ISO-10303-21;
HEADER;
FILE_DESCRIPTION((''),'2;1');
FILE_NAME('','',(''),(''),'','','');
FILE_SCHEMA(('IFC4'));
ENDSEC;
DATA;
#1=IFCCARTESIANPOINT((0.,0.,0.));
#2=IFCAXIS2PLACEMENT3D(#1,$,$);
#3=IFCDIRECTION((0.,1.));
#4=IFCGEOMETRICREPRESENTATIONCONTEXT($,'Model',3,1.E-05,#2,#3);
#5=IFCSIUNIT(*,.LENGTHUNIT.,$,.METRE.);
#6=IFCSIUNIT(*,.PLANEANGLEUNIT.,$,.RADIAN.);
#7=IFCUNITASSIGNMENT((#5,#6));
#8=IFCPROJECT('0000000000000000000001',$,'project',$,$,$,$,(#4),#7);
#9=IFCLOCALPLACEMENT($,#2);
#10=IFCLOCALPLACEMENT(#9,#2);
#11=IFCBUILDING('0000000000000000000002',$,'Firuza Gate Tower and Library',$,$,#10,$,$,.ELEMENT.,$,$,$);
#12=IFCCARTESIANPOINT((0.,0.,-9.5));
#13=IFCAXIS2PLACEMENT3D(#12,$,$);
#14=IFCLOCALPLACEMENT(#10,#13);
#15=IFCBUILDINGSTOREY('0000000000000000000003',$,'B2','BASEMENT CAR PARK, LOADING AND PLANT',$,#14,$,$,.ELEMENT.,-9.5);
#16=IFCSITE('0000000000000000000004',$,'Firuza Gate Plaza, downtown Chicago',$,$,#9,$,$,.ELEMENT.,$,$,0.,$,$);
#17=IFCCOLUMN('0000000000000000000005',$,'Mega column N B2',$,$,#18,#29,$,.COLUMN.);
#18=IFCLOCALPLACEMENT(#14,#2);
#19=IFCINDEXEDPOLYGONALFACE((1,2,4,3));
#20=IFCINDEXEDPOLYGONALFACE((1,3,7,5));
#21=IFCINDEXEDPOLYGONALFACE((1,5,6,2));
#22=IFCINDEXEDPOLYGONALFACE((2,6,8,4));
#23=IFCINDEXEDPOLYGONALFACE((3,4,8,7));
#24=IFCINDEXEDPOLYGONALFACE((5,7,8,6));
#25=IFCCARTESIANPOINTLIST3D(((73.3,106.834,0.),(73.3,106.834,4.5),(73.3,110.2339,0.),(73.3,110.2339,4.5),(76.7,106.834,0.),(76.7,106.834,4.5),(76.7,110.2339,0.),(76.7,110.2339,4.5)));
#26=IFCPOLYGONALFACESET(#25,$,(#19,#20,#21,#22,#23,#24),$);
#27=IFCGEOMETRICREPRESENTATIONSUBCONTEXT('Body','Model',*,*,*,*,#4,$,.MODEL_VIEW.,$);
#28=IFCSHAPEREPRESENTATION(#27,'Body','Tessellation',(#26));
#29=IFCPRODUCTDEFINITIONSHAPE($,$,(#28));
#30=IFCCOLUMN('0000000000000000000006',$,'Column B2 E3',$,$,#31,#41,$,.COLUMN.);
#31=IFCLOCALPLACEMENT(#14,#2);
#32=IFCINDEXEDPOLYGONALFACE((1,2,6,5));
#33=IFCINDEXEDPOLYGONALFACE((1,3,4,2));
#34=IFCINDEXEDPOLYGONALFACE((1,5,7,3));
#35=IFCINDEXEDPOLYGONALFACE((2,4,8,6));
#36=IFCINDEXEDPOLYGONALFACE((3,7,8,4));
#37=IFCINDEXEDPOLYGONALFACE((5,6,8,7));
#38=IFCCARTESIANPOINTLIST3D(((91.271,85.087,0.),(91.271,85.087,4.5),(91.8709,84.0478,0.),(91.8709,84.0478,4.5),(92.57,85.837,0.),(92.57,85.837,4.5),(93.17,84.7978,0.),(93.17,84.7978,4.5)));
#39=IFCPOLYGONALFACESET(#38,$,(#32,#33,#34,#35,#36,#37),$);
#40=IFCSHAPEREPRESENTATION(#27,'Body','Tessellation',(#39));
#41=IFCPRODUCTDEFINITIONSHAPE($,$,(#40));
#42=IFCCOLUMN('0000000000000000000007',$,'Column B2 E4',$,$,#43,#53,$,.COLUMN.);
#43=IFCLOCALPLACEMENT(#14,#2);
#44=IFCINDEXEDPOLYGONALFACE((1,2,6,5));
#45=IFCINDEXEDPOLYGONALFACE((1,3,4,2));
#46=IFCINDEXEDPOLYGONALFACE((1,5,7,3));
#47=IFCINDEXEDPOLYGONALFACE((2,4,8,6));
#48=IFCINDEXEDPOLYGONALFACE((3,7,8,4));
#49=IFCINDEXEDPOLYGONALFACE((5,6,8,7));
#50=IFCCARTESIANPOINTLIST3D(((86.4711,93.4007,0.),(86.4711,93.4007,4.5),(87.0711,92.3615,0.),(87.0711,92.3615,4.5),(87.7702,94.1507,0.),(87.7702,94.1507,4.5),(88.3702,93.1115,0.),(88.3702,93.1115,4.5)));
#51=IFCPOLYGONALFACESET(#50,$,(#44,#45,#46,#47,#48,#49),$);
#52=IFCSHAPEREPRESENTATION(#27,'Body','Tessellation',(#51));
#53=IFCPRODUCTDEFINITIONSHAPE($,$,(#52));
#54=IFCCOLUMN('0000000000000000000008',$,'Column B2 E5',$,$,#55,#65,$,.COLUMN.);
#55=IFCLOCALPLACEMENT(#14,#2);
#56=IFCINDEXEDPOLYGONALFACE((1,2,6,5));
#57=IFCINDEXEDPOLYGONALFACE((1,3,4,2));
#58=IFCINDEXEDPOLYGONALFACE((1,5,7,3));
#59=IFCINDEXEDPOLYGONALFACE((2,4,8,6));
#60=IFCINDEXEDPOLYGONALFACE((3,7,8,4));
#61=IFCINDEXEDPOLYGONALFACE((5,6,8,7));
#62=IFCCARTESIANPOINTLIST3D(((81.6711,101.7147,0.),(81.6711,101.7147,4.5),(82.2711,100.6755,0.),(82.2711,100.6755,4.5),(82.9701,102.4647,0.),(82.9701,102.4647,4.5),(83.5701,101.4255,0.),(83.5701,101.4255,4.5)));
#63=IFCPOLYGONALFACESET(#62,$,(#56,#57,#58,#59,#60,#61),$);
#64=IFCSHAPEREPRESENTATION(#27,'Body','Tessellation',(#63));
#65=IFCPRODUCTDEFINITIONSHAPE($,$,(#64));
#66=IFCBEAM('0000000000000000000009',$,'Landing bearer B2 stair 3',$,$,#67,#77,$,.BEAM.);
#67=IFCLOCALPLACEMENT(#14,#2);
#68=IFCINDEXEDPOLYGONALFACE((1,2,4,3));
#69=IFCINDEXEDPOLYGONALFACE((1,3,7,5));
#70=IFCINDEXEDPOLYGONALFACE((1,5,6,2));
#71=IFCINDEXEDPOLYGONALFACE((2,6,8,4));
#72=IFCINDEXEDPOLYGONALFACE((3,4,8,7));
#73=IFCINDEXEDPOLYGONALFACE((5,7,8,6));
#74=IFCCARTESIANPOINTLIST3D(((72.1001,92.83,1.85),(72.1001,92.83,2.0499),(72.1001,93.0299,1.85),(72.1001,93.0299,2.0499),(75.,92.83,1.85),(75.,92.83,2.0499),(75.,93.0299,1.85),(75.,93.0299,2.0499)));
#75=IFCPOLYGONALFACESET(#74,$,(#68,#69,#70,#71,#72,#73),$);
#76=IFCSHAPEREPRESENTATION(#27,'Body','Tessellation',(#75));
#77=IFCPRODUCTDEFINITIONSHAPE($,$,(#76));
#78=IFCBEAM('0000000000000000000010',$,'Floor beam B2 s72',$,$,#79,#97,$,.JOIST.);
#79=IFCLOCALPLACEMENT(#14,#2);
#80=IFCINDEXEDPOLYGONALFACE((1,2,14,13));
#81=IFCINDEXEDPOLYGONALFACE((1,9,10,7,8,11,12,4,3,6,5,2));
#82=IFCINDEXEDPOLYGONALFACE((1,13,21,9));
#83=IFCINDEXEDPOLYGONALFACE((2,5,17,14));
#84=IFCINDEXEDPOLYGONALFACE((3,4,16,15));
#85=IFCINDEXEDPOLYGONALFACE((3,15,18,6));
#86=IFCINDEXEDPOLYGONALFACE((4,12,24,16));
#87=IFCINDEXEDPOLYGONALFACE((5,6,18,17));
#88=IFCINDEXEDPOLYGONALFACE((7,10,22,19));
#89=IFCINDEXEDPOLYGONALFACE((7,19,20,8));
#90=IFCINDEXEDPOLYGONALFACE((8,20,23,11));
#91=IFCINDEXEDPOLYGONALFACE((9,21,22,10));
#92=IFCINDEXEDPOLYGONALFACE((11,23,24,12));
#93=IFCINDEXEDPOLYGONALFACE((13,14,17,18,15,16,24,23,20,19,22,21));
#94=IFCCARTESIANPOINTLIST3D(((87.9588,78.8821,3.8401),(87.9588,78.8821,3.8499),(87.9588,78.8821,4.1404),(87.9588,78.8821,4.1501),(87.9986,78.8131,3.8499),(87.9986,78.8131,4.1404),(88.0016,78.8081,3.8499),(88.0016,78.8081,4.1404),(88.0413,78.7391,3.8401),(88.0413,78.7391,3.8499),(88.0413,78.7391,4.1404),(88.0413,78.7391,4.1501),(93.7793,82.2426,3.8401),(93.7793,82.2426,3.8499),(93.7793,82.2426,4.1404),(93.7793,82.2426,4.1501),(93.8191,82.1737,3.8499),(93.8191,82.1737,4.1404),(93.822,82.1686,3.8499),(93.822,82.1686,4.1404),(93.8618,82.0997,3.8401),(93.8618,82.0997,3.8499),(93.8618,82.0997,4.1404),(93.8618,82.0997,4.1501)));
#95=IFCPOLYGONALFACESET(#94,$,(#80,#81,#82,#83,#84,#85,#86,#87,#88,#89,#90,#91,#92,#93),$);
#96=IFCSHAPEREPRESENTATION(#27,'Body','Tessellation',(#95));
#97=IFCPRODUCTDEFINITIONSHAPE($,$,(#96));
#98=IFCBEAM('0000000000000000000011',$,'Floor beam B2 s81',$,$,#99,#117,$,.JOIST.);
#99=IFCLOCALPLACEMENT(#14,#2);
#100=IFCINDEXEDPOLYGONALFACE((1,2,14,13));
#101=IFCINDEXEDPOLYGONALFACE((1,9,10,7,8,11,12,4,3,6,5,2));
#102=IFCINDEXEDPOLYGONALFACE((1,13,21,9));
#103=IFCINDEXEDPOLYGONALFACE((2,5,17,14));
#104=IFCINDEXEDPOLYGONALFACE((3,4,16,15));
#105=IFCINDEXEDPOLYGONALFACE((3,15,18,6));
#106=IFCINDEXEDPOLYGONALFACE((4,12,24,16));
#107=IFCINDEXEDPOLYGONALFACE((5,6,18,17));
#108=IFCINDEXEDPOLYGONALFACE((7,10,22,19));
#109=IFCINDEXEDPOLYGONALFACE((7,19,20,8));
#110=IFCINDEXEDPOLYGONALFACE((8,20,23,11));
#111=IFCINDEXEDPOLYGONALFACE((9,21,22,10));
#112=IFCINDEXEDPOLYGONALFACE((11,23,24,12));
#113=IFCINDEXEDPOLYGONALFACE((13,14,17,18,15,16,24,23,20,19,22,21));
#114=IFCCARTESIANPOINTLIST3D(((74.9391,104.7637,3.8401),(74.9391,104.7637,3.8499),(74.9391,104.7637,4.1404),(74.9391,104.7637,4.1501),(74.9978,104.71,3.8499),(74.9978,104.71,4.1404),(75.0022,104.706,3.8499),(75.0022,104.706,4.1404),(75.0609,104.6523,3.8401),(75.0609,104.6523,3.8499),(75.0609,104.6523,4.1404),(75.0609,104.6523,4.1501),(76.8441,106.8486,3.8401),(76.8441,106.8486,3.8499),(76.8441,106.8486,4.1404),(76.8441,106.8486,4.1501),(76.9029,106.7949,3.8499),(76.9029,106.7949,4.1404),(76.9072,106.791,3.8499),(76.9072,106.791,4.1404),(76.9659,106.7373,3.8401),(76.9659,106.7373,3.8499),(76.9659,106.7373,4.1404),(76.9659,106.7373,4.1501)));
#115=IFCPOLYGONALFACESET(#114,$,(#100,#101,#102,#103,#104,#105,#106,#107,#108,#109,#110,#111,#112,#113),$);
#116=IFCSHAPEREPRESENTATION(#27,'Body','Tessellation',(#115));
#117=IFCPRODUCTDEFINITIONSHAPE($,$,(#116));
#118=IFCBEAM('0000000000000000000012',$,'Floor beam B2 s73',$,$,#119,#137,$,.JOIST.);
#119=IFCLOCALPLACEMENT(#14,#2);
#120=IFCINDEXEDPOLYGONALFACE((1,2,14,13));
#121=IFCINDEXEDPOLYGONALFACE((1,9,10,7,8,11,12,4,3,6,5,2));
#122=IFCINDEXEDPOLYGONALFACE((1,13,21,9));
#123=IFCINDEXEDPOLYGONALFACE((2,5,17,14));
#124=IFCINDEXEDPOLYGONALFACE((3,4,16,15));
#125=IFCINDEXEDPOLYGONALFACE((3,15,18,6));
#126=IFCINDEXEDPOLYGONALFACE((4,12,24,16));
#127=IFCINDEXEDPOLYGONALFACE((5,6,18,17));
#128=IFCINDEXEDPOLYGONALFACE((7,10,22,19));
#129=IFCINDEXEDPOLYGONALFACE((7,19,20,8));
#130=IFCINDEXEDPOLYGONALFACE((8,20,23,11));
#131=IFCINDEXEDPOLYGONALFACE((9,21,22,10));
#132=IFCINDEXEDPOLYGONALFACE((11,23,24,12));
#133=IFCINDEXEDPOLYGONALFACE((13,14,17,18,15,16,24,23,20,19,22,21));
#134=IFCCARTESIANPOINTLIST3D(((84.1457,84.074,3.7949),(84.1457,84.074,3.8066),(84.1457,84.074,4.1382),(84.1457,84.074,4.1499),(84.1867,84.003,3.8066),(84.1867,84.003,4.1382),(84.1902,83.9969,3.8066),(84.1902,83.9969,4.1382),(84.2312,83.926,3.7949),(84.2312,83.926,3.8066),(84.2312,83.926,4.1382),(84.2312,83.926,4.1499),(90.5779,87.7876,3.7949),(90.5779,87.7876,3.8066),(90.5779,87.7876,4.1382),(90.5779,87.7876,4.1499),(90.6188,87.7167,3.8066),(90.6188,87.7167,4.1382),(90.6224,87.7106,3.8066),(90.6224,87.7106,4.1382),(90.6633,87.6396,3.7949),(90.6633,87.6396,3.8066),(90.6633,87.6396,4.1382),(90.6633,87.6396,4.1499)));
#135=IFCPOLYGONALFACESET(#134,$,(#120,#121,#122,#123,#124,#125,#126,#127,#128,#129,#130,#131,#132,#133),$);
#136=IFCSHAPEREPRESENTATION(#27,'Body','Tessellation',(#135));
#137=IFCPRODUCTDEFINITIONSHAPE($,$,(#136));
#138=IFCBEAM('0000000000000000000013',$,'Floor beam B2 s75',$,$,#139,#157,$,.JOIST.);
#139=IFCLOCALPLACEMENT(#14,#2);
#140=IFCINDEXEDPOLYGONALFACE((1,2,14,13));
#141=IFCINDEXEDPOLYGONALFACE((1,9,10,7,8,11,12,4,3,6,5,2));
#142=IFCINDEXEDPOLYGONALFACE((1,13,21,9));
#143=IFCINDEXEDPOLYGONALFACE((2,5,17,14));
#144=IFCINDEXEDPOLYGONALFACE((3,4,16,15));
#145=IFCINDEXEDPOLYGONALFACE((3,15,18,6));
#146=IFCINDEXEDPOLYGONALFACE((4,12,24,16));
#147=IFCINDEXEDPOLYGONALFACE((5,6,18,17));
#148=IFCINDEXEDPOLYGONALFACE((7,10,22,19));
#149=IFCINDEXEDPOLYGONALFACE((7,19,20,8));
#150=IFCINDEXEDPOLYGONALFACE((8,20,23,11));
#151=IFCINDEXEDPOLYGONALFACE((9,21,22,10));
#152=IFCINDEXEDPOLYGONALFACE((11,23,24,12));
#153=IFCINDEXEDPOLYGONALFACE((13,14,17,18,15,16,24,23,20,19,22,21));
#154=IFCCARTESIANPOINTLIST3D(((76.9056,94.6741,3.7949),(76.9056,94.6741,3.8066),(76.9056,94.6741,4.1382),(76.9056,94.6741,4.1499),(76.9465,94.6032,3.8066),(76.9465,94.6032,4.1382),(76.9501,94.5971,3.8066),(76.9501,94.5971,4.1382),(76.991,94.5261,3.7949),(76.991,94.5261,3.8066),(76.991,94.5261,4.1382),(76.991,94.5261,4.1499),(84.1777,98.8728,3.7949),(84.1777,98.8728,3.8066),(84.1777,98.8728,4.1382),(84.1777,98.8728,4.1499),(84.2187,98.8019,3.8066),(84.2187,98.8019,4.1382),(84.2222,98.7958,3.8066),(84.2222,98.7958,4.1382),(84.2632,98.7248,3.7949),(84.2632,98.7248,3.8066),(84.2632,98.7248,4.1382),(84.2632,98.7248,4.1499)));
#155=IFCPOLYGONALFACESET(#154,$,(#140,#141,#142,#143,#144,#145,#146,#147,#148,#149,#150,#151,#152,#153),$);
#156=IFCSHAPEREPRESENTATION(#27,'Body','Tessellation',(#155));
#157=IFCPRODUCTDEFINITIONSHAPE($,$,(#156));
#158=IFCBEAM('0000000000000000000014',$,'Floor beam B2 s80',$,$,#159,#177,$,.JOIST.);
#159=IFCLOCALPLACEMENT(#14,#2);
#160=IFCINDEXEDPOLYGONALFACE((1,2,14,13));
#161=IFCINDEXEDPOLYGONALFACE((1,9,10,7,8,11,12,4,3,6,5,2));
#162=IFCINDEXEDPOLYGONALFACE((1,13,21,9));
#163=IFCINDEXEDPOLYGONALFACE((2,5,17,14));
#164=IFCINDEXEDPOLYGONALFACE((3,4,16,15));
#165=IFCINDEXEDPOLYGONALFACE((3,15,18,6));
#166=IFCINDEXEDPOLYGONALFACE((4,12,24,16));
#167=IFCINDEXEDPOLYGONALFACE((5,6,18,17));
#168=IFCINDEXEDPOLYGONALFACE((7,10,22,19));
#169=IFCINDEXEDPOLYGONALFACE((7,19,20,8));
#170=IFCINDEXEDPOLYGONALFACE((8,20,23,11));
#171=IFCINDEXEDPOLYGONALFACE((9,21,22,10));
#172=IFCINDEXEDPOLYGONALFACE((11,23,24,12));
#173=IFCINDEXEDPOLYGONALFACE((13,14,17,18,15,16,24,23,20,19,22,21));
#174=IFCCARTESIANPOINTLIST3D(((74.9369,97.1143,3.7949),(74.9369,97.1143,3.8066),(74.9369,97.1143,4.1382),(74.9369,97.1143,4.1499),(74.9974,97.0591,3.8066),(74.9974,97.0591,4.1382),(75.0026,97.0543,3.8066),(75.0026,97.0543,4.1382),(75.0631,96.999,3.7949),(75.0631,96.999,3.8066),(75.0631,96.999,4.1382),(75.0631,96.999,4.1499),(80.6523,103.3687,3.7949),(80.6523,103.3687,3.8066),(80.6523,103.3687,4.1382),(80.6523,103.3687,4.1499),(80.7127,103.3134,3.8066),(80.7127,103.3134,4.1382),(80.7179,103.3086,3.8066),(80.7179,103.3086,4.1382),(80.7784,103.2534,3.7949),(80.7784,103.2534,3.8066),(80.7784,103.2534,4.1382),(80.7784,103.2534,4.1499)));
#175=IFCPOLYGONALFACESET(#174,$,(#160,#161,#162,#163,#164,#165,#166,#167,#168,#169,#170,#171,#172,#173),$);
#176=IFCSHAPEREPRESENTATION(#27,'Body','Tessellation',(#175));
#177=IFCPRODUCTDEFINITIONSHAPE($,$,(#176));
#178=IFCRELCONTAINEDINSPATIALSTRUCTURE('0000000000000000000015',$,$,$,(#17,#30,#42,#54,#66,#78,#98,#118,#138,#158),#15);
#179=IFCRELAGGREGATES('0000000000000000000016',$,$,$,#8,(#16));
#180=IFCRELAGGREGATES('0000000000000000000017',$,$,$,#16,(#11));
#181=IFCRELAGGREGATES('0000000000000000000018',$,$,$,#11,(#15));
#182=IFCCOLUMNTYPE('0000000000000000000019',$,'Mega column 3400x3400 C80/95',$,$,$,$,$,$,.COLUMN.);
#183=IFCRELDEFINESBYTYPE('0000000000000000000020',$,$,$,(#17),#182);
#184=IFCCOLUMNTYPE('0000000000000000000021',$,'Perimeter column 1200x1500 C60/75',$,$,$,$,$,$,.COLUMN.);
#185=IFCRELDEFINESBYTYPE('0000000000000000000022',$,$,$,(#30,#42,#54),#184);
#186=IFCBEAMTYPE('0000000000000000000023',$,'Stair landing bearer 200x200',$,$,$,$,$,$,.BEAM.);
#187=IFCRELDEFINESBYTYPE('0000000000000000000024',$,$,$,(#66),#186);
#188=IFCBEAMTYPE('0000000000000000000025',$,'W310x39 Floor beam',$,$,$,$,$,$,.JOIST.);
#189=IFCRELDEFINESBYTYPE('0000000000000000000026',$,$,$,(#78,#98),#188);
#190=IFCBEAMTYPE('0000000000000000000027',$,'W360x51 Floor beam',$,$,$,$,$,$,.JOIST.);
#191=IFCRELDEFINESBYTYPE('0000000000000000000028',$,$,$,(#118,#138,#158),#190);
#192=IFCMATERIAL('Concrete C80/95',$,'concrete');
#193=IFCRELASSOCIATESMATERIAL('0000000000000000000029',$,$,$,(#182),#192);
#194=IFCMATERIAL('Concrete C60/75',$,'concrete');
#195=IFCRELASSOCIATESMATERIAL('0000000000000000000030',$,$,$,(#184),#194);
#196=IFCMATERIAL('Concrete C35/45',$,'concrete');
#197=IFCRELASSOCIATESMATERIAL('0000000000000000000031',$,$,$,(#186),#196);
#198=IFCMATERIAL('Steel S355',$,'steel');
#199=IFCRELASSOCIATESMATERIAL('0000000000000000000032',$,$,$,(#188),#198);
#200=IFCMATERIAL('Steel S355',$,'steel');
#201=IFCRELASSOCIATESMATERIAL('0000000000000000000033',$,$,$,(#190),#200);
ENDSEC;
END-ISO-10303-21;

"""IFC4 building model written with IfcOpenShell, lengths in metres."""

from ifc_helpers import new_model, si_unit, direction, frame, origin, origin_2d, place, context, subcontext, project, spatial, rectangle, i_section, extrude, material, material_profile, profile_set, type_object, element, save


model = new_model("IFC4")

# Units and contexts
model_context = context("Model", 3, precision=1e-05, world=origin(), true_north=direction((0.0, 1.0)))
body_context = subcontext(model_context, "Body", "Model", "MODEL_VIEW")
ifc_project = project(units=[si_unit("LENGTHUNIT", "METRE"), si_unit("PLANEANGLEUNIT", "RADIAN")], contexts=[model_context])

# Site, building, storey
site_placement = place(None, origin())
site = spatial("IfcSite", under=ifc_project, at=site_placement, Name="Firuza Gate Plaza, downtown Chicago", CompositionType="ELEMENT", RefElevation=0.0)
building_placement = place(site_placement, origin())
building = spatial("IfcBuilding", under=site, at=building_placement, Name="Firuza Gate Tower and Library", CompositionType="ELEMENT")
storey_placement = place(building_placement, frame((0.0, 0.0, -9.5)))
storey = spatial("IfcBuildingStorey", under=building, at=storey_placement, Name="B2", Description="BASEMENT CAR PARK, LOADING AND PLANT", CompositionType="ELEMENT", Elevation=-9.5)

# Columns
ifc_material_1 = material(Name="Concrete C80/95", Category="concrete")
ifc_material_profile_1 = material_profile(ifc_material_1, rectangle(XDim=3.3999, YDim=3.3999, at=origin_2d()))
ifc_profile_set_1 = profile_set([ifc_material_profile_1], Name="Concrete C80/95")
column_type_1 = type_object("IfcColumnType", Name="Mega column 3400x3400 C80/95", PredefinedType="COLUMN", material=ifc_profile_set_1)
column_placement = place(storey_placement, frame((75.0, 108.5339, 0.0), z_axis=(0.0, 0.0, 1.0), x_axis=(-1.0, 0.0, 0.0)))
element("IfcColumn", 1, at=column_placement, inside=storey, type_object=column_type_1, Name="Mega column N B2", PredefinedType="COLUMN", context=body_context, shape_type="SweptSolid", body=[
    extrude(rectangle(XDim=3.3999, YDim=3.3999, at=origin_2d()), origin(), (0.0, 0.0, 1.0), 4.5),
])
ifc_material_2 = material(Name="Concrete C60/75", Category="concrete")
ifc_material_profile_2 = material_profile(ifc_material_2, rectangle(XDim=1.2, YDim=1.5, at=origin_2d()))
ifc_profile_set_2 = profile_set([ifc_material_profile_2], Name="Concrete C60/75")
column_type_2 = type_object("IfcColumnType", Name="Perimeter column 1200x1500 C60/75", PredefinedType="COLUMN", material=ifc_profile_set_2)
for number, where, z_axis, x_axis, name in (
    (2, (92.2205, 84.9424, 0.0), (0.0, 0.0, 1.0), (-0.5, 0.866025, 0.0), "Column B2 E3"),
    (3, (87.4207, 93.2561, 0.0), (0.0, 0.0, 1.0), (-0.5, 0.866025, 0.0), "Column B2 E4"),
    (4, (82.6206, 101.5701, 0.0), (0.0, 0.0, 1.0), (-0.5, 0.866025, 0.0), "Column B2 E5"),
):
    element("IfcColumn", number, at=place(storey_placement, frame(where, z_axis=z_axis, x_axis=x_axis)), inside=storey, type_object=column_type_2, Name=name, PredefinedType="COLUMN", context=body_context, shape_type="SweptSolid", body=[
        extrude(rectangle(XDim=1.2, YDim=1.5, at=origin_2d()), origin(), (0.0, 0.0, 1.0), 4.5),
    ])

# Beams
ifc_material_3 = material(Name="Concrete C35/45", Category="concrete")
ifc_material_profile_3 = material_profile(ifc_material_3, rectangle(XDim=0.2, YDim=0.2, at=origin_2d()))
ifc_profile_set_3 = profile_set([ifc_material_profile_3], Name="Concrete C35/45")
beam_type_1 = type_object("IfcBeamType", Name="Stair landing bearer 200x200", PredefinedType="BEAM", material=ifc_profile_set_3)
beam_1_placement = place(storey_placement, frame((75.0, 92.9299, 1.95), z_axis=(-1.0, 0.0, 0.0), x_axis=(0.0, -1.0, 0.0)))
element("IfcBeam", 5, at=beam_1_placement, inside=storey, type_object=beam_type_1, Name="Landing bearer B2 stair 3", PredefinedType="BEAM", context=body_context, shape_type="SweptSolid", body=[
    extrude(rectangle(XDim=0.2, YDim=0.2, at=origin_2d()), origin(), (0.0, 0.0, 1.0), 2.8999),
])
ifc_material_4 = material(Name="Steel S355", Category="steel")
ifc_material_profile_4 = material_profile(ifc_material_4, i_section(OverallWidth=0.165, OverallDepth=0.3101, WebThickness=0.0059, FlangeThickness=0.0098, at=origin_2d()))
ifc_profile_set_4 = profile_set([ifc_material_profile_4], Name="Steel S355")
beam_type_2 = type_object("IfcBeamType", Name="W310x39 Floor beam", PredefinedType="JOIST", material=ifc_profile_set_4)
beam_2_placement = place(storey_placement, frame((93.8206, 82.1711, 3.9951), z_axis=(-0.866019, -0.500011, 0.0), x_axis=(0.500011, -0.866019, 0.0)))
element("IfcBeam", 6, at=beam_2_placement, inside=storey, type_object=beam_type_2, Name="Floor beam B2 s72", PredefinedType="JOIST", context=body_context, shape_type="SweptSolid", body=[
    extrude(i_section(OverallWidth=0.165, OverallDepth=0.3101, WebThickness=0.0059, FlangeThickness=0.0098, at=origin_2d()), origin(), (0.0, 0.0, 1.0), 6.7209),
])
beam_3_placement = place(storey_placement, frame((76.905, 106.793, 3.9951), z_axis=(-0.674534, -0.738244, 0.0), x_axis=(0.738244, -0.674534, 0.0)))
element("IfcBeam", 7, at=beam_3_placement, inside=storey, type_object=beam_type_2, Name="Floor beam B2 s81", PredefinedType="JOIST", context=body_context, shape_type="SweptSolid", body=[
    extrude(i_section(OverallWidth=0.165, OverallDepth=0.3101, WebThickness=0.0059, FlangeThickness=0.0098, at=origin_2d()), origin(), (0.0, 0.0, 1.0), 2.8242),
])
ifc_material_5 = material(Name="Steel S355", Category="steel")
ifc_material_profile_5 = material_profile(ifc_material_5, i_section(OverallWidth=0.1709, OverallDepth=0.355, WebThickness=0.0071, FlangeThickness=0.0117, at=origin_2d()))
ifc_profile_set_5 = profile_set([ifc_material_profile_5], Name="Steel S355")
beam_type_3 = type_object("IfcBeamType", Name="W360x51 Floor beam", PredefinedType="JOIST", material=ifc_profile_set_5)
beam_4_placement = place(storey_placement, frame((90.6206, 87.7136, 3.9724), z_axis=(-0.866024, -0.500003, 0.0), x_axis=(0.500003, -0.866024, 0.0)))
element("IfcBeam", 8, at=beam_4_placement, inside=storey, type_object=beam_type_3, Name="Floor beam B2 s73", PredefinedType="JOIST", context=body_context, shape_type="SweptSolid", body=[
    extrude(i_section(OverallWidth=0.1709, OverallDepth=0.355, WebThickness=0.0071, FlangeThickness=0.0117, at=origin_2d()), origin(), (0.0, 0.0, 1.0), 7.4272),
])
beam_5_placement = place(storey_placement, frame((84.2205, 98.7988, 3.9724), z_axis=(-0.86602, -0.50001, 0.0), x_axis=(0.50001, -0.86602, 0.0)))
element("IfcBeam", 9, at=beam_5_placement, inside=storey, type_object=beam_type_3, Name="Floor beam B2 s75", PredefinedType="JOIST", context=body_context, shape_type="SweptSolid", body=[
    extrude(i_section(OverallWidth=0.1709, OverallDepth=0.355, WebThickness=0.0071, FlangeThickness=0.0117, at=origin_2d()), origin(), (0.0, 0.0, 1.0), 8.3972),
])
beam_6_placement = place(storey_placement, frame((80.7153, 103.311, 3.9724), z_axis=(-0.674578, -0.738203, 0.0), x_axis=(0.738203, -0.674578, 0.0)))
element("IfcBeam", 10, at=beam_6_placement, inside=storey, type_object=beam_type_3, Name="Floor beam B2 s80", PredefinedType="JOIST", context=body_context, shape_type="SweptSolid", body=[
    extrude(i_section(OverallWidth=0.1709, OverallDepth=0.355, WebThickness=0.0071, FlangeThickness=0.0117, at=origin_2d()), origin(), (0.0, 0.0, 1.0), 8.4724),
])

save(model, "model.ifc")
